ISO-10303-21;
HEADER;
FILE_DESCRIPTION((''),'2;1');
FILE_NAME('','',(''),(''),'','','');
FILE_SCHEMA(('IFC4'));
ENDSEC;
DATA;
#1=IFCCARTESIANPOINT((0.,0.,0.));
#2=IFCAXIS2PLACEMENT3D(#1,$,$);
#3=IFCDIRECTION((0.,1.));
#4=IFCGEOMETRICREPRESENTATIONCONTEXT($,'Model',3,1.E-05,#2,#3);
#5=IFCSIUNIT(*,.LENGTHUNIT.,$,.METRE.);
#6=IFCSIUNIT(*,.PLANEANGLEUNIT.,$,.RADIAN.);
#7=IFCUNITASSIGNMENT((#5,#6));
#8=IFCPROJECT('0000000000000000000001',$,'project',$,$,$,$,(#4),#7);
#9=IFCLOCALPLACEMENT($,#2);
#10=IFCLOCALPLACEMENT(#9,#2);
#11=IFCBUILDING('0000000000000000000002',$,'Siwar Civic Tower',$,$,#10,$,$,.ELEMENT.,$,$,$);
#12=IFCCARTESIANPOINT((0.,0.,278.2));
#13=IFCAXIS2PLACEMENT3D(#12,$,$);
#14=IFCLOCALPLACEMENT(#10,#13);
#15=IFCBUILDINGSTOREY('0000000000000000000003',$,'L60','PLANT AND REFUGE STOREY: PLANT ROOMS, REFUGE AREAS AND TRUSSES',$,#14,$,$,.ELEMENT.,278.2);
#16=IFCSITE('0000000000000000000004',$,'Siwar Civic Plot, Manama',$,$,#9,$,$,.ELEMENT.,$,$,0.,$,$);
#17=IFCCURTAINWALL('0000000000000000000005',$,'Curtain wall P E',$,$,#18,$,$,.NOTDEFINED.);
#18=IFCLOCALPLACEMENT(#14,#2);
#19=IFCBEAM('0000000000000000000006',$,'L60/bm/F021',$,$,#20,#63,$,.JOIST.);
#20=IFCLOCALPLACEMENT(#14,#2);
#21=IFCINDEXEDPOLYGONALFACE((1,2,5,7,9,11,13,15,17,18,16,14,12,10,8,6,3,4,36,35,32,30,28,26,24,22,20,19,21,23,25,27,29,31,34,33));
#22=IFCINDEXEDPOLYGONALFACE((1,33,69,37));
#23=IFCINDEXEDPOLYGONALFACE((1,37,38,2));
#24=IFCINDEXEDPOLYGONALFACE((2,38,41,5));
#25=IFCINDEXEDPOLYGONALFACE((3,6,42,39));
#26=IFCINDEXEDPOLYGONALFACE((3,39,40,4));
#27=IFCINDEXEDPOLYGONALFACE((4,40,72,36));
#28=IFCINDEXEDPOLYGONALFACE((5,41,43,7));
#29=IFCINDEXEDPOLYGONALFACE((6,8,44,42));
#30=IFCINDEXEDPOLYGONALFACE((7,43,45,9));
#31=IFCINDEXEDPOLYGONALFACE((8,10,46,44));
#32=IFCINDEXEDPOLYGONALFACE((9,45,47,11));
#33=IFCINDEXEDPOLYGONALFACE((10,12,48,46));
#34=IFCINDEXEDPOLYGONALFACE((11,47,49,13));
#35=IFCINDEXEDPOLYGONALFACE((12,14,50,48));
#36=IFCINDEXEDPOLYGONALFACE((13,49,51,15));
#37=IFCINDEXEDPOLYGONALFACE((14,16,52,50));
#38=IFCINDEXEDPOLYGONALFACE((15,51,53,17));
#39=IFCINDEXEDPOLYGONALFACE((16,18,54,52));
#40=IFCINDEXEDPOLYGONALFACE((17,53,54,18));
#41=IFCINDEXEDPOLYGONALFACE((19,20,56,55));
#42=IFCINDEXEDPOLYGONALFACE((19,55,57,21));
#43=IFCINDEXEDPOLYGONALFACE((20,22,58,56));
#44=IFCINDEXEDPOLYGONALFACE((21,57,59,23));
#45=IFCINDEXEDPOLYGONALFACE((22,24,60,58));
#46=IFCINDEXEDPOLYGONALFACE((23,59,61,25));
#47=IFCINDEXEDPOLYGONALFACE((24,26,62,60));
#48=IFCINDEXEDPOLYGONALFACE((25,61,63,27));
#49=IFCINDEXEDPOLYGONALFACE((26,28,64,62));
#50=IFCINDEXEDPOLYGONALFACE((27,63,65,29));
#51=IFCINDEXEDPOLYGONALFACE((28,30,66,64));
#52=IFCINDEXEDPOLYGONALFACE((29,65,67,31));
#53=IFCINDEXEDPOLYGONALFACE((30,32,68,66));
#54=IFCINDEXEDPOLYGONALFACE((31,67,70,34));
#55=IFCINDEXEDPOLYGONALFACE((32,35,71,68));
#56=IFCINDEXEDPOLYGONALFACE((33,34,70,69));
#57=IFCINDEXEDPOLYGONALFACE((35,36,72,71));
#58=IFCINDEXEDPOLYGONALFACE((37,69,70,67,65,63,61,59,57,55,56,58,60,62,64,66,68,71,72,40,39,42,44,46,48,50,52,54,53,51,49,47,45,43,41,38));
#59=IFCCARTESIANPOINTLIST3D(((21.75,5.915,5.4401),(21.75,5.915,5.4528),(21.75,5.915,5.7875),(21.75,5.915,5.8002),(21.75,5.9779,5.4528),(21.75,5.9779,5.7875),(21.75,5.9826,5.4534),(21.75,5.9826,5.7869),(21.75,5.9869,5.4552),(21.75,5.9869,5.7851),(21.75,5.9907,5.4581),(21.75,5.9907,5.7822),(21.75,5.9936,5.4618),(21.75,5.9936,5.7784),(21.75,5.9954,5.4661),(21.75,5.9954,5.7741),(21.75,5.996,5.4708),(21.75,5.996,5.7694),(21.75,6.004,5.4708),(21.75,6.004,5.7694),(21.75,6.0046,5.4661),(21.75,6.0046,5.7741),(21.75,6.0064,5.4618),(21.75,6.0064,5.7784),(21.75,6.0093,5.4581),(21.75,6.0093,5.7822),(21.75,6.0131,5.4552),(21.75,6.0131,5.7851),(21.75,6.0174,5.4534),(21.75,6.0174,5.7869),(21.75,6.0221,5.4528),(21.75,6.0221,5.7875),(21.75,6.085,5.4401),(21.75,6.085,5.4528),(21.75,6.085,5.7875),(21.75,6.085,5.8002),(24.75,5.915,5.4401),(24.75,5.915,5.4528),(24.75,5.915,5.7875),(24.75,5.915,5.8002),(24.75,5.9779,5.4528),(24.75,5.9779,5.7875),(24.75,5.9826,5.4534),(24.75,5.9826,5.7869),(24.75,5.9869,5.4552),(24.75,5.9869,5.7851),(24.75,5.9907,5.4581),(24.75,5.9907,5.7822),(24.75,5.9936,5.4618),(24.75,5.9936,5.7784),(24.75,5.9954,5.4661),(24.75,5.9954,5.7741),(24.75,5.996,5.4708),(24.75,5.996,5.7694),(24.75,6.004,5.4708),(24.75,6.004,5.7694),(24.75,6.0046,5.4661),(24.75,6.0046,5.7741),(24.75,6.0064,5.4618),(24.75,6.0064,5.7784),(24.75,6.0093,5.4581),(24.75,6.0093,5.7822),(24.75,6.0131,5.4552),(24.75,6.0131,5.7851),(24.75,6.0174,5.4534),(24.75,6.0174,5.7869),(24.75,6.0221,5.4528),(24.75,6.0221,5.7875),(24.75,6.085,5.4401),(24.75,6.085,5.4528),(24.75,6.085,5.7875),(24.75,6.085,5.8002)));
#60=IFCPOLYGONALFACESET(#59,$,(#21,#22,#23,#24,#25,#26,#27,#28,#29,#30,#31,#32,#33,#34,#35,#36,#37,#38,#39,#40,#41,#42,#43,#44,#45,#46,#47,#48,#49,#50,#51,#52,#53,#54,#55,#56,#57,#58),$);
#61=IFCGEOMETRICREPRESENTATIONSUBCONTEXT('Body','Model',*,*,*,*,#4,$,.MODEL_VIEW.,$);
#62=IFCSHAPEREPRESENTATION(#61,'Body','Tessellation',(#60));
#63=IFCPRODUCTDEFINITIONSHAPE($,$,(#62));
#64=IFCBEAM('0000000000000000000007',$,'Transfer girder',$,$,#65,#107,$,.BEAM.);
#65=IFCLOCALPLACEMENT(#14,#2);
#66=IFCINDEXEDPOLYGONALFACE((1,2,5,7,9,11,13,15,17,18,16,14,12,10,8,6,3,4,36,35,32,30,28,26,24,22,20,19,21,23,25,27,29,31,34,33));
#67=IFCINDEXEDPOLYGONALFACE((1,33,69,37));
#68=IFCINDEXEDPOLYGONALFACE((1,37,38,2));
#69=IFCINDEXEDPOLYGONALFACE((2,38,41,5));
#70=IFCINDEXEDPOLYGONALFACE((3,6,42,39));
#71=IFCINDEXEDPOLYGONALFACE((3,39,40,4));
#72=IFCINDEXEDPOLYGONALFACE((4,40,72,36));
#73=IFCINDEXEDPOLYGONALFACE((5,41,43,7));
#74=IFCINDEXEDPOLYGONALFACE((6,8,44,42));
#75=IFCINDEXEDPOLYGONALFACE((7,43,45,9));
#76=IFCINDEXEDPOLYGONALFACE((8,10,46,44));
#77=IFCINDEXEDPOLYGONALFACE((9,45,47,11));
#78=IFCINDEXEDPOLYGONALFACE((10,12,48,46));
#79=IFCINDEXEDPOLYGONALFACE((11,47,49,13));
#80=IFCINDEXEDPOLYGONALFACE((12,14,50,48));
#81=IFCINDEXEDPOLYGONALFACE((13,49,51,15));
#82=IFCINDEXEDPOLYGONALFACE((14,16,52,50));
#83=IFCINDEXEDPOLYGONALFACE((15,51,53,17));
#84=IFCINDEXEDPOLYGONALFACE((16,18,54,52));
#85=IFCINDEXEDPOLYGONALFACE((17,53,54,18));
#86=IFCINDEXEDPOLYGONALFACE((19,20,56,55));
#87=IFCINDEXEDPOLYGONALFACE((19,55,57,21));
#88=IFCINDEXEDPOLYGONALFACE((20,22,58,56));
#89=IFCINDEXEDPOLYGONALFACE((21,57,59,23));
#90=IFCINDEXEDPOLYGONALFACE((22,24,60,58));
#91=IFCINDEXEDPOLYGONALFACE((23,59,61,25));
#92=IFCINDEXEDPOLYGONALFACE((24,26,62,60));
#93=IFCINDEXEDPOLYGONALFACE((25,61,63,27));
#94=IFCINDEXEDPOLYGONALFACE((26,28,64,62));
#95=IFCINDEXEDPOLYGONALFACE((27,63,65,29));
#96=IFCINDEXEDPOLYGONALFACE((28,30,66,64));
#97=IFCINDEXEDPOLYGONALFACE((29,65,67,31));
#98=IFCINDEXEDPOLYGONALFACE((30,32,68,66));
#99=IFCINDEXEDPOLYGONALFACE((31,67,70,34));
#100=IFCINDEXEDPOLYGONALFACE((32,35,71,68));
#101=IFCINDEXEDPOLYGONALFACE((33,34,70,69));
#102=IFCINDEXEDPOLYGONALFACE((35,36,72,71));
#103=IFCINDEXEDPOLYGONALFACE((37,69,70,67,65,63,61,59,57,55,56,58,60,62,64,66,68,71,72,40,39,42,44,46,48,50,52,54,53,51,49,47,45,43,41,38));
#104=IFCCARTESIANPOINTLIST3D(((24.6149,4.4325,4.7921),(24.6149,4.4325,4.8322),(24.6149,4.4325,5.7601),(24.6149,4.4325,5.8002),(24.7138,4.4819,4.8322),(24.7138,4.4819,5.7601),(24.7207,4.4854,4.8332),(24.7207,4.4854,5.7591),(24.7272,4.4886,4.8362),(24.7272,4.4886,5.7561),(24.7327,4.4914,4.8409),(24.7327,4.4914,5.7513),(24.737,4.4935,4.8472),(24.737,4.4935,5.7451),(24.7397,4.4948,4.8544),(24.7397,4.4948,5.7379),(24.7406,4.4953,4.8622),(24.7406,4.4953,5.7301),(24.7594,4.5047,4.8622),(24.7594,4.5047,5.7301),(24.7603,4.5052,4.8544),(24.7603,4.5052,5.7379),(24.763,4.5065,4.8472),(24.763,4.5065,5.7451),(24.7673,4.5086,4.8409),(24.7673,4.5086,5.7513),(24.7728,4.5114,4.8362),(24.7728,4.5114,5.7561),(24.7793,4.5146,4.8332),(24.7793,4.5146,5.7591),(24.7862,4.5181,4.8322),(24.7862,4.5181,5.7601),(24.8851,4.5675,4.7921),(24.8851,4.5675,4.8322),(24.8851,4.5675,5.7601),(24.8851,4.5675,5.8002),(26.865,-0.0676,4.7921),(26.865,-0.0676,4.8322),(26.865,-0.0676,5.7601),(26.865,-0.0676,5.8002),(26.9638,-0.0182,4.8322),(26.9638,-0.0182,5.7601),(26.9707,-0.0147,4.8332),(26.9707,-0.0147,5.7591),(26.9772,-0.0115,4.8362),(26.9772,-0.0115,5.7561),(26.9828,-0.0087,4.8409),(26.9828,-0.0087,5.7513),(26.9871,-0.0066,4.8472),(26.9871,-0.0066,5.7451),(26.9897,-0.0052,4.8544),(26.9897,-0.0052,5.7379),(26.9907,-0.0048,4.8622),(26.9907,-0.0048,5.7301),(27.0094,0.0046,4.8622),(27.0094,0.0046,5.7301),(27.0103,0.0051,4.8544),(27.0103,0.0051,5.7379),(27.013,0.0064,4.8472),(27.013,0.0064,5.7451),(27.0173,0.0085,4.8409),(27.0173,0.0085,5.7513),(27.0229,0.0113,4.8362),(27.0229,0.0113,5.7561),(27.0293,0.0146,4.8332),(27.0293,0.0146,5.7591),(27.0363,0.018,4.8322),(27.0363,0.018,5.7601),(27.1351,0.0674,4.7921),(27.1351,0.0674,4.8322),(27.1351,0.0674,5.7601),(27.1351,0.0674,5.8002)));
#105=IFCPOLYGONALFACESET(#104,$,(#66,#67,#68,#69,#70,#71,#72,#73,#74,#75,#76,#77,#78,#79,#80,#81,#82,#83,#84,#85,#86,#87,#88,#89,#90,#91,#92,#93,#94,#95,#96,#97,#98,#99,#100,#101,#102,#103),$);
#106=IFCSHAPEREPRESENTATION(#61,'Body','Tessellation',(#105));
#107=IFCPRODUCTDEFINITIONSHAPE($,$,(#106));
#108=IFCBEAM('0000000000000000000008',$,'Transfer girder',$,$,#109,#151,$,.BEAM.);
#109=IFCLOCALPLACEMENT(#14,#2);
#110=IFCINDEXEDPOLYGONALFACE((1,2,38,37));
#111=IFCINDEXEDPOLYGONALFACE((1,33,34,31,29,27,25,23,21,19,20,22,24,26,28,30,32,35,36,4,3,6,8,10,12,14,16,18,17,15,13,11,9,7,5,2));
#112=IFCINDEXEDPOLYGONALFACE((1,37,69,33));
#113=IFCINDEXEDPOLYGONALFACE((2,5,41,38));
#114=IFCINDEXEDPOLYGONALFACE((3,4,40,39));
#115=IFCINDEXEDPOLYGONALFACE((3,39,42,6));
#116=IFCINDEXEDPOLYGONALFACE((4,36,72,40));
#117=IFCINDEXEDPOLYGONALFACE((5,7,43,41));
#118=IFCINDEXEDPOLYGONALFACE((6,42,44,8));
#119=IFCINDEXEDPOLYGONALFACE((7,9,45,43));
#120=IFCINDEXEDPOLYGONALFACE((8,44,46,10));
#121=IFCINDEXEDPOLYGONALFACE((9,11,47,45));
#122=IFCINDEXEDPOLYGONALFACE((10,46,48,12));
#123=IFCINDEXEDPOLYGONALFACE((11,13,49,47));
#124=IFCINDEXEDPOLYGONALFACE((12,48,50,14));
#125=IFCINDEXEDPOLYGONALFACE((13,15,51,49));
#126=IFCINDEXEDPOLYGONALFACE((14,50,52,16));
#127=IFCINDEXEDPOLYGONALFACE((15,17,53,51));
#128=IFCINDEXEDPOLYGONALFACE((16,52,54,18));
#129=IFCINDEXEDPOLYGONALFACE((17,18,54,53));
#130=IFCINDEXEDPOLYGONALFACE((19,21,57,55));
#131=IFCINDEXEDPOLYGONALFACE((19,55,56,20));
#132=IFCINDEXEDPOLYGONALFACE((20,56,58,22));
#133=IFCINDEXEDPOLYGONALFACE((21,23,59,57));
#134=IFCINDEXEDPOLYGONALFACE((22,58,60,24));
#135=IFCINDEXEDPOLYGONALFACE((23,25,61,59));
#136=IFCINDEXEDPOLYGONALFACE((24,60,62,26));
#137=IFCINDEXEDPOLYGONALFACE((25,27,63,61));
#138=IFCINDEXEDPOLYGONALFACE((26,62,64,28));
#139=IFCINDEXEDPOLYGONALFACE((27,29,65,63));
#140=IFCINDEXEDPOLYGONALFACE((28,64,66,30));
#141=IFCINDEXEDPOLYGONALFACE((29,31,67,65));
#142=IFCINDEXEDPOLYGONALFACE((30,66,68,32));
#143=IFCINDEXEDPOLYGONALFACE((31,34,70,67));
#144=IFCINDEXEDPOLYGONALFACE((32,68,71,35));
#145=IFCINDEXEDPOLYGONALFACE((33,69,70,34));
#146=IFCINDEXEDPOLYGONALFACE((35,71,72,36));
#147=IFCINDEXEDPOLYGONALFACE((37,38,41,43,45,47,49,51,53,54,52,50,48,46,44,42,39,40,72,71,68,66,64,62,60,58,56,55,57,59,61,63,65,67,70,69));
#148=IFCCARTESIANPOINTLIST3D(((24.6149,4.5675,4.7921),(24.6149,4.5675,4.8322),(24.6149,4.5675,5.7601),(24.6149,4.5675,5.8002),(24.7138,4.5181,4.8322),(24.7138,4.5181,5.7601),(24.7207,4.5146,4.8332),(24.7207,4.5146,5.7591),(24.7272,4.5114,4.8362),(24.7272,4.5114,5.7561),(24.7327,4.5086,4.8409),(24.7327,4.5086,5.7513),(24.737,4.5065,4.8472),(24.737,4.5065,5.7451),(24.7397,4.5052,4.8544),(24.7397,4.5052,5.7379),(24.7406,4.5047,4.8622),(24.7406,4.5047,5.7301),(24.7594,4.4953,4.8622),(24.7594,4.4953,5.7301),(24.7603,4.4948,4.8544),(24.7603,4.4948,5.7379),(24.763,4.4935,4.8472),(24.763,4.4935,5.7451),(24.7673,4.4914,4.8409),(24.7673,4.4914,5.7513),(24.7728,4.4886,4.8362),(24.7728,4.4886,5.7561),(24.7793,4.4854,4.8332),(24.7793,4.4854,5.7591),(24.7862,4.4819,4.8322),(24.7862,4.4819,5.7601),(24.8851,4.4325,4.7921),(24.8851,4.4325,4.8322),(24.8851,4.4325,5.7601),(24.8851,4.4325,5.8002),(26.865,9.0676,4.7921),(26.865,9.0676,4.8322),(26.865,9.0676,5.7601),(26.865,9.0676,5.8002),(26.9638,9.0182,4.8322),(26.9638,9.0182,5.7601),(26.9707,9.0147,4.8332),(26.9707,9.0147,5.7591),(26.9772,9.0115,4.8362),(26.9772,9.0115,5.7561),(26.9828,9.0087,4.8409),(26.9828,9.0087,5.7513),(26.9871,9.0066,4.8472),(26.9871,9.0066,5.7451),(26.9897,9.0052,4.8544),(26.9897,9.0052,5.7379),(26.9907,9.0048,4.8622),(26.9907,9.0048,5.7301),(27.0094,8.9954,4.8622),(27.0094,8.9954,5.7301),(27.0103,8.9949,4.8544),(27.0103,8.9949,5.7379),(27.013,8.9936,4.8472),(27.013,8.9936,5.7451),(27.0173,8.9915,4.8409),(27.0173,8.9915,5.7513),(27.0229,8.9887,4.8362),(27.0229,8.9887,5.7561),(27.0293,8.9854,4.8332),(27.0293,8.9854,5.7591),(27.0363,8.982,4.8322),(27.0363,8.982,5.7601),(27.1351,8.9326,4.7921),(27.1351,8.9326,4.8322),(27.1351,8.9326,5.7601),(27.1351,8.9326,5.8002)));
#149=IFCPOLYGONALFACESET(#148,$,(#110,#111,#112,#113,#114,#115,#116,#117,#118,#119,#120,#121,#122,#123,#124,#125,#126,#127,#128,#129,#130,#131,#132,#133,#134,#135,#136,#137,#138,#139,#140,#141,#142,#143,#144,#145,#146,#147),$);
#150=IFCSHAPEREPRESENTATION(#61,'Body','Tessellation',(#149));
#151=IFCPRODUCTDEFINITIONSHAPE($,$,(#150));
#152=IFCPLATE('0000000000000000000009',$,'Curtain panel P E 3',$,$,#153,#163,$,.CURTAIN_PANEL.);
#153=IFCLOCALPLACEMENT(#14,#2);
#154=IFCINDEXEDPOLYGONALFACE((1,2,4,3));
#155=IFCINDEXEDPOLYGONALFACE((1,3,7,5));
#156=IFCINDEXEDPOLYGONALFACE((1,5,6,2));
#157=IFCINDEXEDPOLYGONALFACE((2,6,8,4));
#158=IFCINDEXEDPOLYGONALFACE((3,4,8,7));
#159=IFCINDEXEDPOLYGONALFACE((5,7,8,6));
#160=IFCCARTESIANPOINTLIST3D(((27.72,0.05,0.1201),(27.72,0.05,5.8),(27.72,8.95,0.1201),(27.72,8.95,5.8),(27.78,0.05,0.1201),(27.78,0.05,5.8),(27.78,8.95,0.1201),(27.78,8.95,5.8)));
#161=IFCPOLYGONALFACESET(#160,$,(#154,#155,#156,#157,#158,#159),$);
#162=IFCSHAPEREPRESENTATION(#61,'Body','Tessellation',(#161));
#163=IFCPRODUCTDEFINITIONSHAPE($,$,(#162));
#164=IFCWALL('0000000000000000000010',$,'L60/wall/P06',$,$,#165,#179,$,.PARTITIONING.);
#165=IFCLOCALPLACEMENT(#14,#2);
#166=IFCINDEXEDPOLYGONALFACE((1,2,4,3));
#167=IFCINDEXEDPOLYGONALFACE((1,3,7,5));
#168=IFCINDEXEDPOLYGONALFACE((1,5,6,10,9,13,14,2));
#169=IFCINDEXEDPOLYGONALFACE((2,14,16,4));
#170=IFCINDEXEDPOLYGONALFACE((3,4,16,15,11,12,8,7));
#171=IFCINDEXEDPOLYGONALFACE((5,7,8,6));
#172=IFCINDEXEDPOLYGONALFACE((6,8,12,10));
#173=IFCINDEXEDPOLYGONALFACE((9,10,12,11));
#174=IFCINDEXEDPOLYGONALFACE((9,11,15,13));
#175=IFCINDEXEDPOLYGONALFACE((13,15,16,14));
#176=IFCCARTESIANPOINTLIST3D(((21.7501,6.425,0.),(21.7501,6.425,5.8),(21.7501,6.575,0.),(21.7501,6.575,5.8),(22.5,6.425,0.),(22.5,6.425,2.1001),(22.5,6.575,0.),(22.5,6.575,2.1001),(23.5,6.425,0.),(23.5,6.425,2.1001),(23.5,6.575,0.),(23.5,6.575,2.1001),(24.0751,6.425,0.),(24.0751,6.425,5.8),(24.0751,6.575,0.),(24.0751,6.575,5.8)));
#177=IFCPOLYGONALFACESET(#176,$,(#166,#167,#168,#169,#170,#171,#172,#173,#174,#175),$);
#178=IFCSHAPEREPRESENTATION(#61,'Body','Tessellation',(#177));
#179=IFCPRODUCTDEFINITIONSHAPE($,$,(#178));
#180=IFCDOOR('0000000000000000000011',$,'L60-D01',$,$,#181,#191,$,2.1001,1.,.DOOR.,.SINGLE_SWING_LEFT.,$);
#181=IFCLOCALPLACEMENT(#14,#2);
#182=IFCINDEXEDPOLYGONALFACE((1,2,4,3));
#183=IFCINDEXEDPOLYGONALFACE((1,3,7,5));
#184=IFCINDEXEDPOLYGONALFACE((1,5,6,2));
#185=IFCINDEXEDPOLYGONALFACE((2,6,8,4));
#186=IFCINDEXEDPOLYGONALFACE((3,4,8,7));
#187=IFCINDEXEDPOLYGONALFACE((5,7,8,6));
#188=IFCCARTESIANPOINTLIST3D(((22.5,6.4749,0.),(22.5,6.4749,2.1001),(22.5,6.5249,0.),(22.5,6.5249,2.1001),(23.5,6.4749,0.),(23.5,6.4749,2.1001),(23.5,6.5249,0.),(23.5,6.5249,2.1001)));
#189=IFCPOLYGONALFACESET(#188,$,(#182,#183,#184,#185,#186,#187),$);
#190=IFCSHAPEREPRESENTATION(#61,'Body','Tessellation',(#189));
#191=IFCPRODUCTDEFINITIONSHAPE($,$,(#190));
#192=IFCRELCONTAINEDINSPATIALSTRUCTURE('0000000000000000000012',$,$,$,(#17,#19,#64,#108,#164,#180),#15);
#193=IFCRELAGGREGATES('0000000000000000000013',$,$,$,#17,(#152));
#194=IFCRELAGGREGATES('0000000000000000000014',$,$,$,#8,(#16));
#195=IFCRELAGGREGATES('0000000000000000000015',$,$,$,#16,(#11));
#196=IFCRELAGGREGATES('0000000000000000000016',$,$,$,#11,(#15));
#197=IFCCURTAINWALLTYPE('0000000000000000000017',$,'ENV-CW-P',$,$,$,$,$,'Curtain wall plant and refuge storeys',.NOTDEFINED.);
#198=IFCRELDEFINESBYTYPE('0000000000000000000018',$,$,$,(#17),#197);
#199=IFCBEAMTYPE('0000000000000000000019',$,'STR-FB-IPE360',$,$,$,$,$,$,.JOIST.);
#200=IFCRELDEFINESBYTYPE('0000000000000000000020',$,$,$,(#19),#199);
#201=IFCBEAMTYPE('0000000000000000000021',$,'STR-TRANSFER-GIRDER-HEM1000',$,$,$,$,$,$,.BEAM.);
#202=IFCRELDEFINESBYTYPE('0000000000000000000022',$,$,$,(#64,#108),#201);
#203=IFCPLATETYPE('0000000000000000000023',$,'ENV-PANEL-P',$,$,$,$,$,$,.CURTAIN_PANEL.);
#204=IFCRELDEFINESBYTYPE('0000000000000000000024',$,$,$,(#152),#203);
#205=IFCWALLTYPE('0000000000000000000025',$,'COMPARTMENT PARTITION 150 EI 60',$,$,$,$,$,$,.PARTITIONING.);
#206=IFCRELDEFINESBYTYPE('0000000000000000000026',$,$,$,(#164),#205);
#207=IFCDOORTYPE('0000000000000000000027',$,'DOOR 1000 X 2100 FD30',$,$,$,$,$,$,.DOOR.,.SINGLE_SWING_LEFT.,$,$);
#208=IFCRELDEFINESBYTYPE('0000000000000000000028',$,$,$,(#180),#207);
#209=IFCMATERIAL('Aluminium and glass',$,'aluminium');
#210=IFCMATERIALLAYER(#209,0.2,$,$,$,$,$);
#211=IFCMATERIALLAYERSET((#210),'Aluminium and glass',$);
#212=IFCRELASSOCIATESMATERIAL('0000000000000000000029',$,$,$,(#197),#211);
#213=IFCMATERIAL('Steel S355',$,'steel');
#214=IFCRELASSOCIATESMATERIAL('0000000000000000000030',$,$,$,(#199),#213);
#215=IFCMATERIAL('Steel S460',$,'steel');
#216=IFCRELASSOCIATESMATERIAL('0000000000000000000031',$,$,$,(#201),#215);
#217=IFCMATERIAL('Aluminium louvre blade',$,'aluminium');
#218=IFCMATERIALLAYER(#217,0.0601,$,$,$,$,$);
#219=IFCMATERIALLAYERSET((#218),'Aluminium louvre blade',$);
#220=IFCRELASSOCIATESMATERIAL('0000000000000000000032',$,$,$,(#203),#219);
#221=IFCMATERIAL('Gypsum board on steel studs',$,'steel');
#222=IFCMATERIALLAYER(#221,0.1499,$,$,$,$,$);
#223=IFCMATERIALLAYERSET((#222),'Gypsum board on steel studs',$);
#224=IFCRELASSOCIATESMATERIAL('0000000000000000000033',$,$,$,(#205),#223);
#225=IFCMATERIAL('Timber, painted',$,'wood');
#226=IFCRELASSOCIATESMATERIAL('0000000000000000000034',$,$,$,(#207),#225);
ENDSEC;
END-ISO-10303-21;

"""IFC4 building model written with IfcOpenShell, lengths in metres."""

from ifc_helpers import new_model, si_unit, direction, frame, frame_2d, origin, origin_2d, place, context, subcontext, project, spatial, rectangle, i_section, extrude, material, layer, layer_set, material_profile, profile_set, type_object, element, fill, aggregate, save


model = new_model("IFC4")

# Units and contexts
model_context = context("Model", 3, precision=1e-05, world=origin(), true_north=direction((0.0, 1.0)))
body_context = subcontext(model_context, "Body", "Model", "MODEL_VIEW")
ifc_project = project(units=[si_unit("LENGTHUNIT", "METRE"), si_unit("PLANEANGLEUNIT", "RADIAN")], contexts=[model_context])

# Site, building, storey
site_placement = place(None, origin())
site = spatial("IfcSite", under=ifc_project, at=site_placement, Name="Siwar Civic Plot, Manama", CompositionType="ELEMENT", RefElevation=0.0)
building_placement = place(site_placement, origin())
building = spatial("IfcBuilding", under=site, at=building_placement, Name="Siwar Civic Tower", CompositionType="ELEMENT")
storey_placement = place(building_placement, frame((0.0, 0.0, 278.2)))
storey = spatial("IfcBuildingStorey", under=building, at=storey_placement, Name="L60", Description="PLANT AND REFUGE STOREY: PLANT ROOMS, REFUGE AREAS AND TRUSSES", CompositionType="ELEMENT", Elevation=278.2)

# Curtain wall
ifc_material_1 = material(Name="Aluminium and glass", Category="aluminium")
ifc_layer_1 = layer(ifc_material_1, 0.2)
ifc_layer_set_1 = layer_set([ifc_layer_1], Name="Aluminium and glass")
curtain_wall_type = type_object("IfcCurtainWallType", Name="ENV-CW-P", ElementType="Curtain wall plant and refuge storeys", PredefinedType="NOTDEFINED", material=ifc_layer_set_1)
curtain_wall_placement = place(storey_placement, origin())
curtain_wall = element("IfcCurtainWall", 1, at=curtain_wall_placement, inside=storey, type_object=curtain_wall_type, Name="Curtain wall P E", PredefinedType="NOTDEFINED")

# Beams
ifc_material_2 = material(Name="Steel S355", Category="steel")
ifc_material_profile_1 = material_profile(ifc_material_2, i_section(OverallWidth=0.1699, OverallDepth=0.3601, WebThickness=0.0081, FlangeThickness=0.0127, FilletRadius=0.0181, at=origin_2d()), Name="IPE360")
ifc_profile_set_1 = profile_set([ifc_material_profile_1], Name="Steel S355")
beam_type_1 = type_object("IfcBeamType", Name="STR-FB-IPE360", PredefinedType="JOIST", material=ifc_profile_set_1)
for number, where, z_axis, x_axis, name in (
    (2, (21.75, 6.0, 5.6201), (1.0, 0.0, 0.0), (0.0, 1.0, 0.0), "L60/bm/F021"),
):
    element("IfcBeam", number, at=place(storey_placement, frame(where, z_axis=z_axis, x_axis=x_axis)), inside=storey, type_object=beam_type_1, Name=name, PredefinedType="JOIST", context=body_context, shape_type="SweptSolid", body=[
        extrude(i_section(OverallWidth=0.1699, OverallDepth=0.3601, WebThickness=0.0081, FlangeThickness=0.0127, FilletRadius=0.0181, at=origin_2d()), origin(), (0.0, 0.0, 1.0), 3.0),
    ])
ifc_material_3 = material(Name="Steel S460", Category="steel")
ifc_material_profile_2 = material_profile(ifc_material_3, i_section(OverallWidth=0.302, OverallDepth=1.0081, WebThickness=0.021, FlangeThickness=0.04, FilletRadius=0.03, at=origin_2d()), Name="HEM1000")
ifc_profile_set_2 = profile_set([ifc_material_profile_2], Name="Steel S460")
beam_type_2 = type_object("IfcBeamType", Name="STR-TRANSFER-GIRDER-HEM1000", PredefinedType="BEAM", material=ifc_profile_set_2)
for number, where, z_axis, x_axis, name in (
    (3, (24.75, 4.5, 5.2961), (0.447214, -0.894427, 0.0), (0.894427, 0.447214, 0.0), "Transfer girder"),
    (4, (24.75, 4.5, 5.2961), (0.447214, 0.894427, 0.0), (-0.894427, 0.447214, 0.0), "Transfer girder"),
):
    element("IfcBeam", number, at=place(storey_placement, frame(where, z_axis=z_axis, x_axis=x_axis)), inside=storey, type_object=beam_type_2, Name=name, PredefinedType="BEAM", context=body_context, shape_type="SweptSolid", body=[
        extrude(i_section(OverallWidth=0.302, OverallDepth=1.0081, WebThickness=0.021, FlangeThickness=0.04, FilletRadius=0.03, at=origin_2d()), origin(), (0.0, 0.0, 1.0), 5.0312),
    ])

# Plate
ifc_material_4 = material(Name="Aluminium louvre blade", Category="aluminium")
ifc_layer_2 = layer(ifc_material_4, 0.0601)
ifc_layer_set_2 = layer_set([ifc_layer_2], Name="Aluminium louvre blade")
plate_type = type_object("IfcPlateType", Name="ENV-PANEL-P", PredefinedType="CURTAIN_PANEL", material=ifc_layer_set_2)
plate_placement = place(storey_placement, frame((27.75, 4.5, 0.1201), z_axis=(0.0, 0.0, 1.0), x_axis=(0.0, 1.0, 0.0)))
plate = element("IfcPlate", 5, at=plate_placement, type_object=plate_type, Name="Curtain panel P E 3", PredefinedType="CURTAIN_PANEL", context=body_context, shape_type="SweptSolid", body=[
    extrude(rectangle(XDim=8.8999, YDim=0.0601, at=origin_2d()), origin(), (0.0, 0.0, 1.0), 5.6799),
])
aggregate(curtain_wall, [plate])

# Wall, opening, door
ifc_material_5 = material(Name="Gypsum board on steel studs", Category="steel")
ifc_layer_3 = layer(ifc_material_5, 0.1499)
ifc_layer_set_3 = layer_set([ifc_layer_3], Name="Gypsum board on steel studs")
wall_type = type_object("IfcWallType", Name="COMPARTMENT PARTITION 150 EI 60", PredefinedType="PARTITIONING", material=ifc_layer_set_3)
wall_placement = place(storey_placement, frame((21.75, 6.5, 0.0), z_axis=(0.0, 0.0, 1.0), x_axis=(1.0, 0.0, 0.0)))
wall = element("IfcWall", 6, at=wall_placement, inside=storey, type_object=wall_type, Name="L60/wall/P06", PredefinedType="PARTITIONING", context=body_context, shape_type="SweptSolid", body=[
    extrude(rectangle(XDim=2.325, YDim=0.1499, at=frame_2d((1.1626, 0.0))), origin(), (0.0, 0.0, 1.0), 5.8),
])
opening_placement = place(wall_placement, frame((0.75, 0.0, 0.0)))
opening = element("IfcOpeningElement", 7, at=opening_placement, cuts=wall, PredefinedType="OPENING", context=body_context, shape_type="SweptSolid", body=[
    extrude(rectangle(XDim=1.0, YDim=2.1001, at=frame_2d((0.5, 1.05))), frame((0.0, 0.085, 0.0), z_axis=(0.0, -1.0, 0.0), x_axis=(1.0, 0.0, 0.0)), (0.0, 0.0, 1.0), 0.1699),
])
ifc_material_6 = material(Name="Timber, painted", Category="wood")
door_type = type_object("IfcDoorType", Name="DOOR 1000 X 2100 FD30", OperationType="SINGLE_SWING_LEFT", PredefinedType="DOOR", material=ifc_material_6)
door_placement = place(opening_placement, origin())
door = element("IfcDoor", 8, at=door_placement, inside=storey, type_object=door_type, Name="L60-D01", OperationType="SINGLE_SWING_LEFT", OverallHeight=2.1001, OverallWidth=1.0, PredefinedType="DOOR", context=body_context, shape_type="SweptSolid", body=[
    extrude(rectangle(XDim=1.0, YDim=2.1001, at=frame_2d((0.5, 1.05))), frame((0.0, 0.0249, 0.0), z_axis=(0.0, -1.0, 0.0), x_axis=(1.0, 0.0, 0.0)), (0.0, 0.0, 1.0), 0.05),
])
fill(opening, door)

save(model, "model.ifc")
